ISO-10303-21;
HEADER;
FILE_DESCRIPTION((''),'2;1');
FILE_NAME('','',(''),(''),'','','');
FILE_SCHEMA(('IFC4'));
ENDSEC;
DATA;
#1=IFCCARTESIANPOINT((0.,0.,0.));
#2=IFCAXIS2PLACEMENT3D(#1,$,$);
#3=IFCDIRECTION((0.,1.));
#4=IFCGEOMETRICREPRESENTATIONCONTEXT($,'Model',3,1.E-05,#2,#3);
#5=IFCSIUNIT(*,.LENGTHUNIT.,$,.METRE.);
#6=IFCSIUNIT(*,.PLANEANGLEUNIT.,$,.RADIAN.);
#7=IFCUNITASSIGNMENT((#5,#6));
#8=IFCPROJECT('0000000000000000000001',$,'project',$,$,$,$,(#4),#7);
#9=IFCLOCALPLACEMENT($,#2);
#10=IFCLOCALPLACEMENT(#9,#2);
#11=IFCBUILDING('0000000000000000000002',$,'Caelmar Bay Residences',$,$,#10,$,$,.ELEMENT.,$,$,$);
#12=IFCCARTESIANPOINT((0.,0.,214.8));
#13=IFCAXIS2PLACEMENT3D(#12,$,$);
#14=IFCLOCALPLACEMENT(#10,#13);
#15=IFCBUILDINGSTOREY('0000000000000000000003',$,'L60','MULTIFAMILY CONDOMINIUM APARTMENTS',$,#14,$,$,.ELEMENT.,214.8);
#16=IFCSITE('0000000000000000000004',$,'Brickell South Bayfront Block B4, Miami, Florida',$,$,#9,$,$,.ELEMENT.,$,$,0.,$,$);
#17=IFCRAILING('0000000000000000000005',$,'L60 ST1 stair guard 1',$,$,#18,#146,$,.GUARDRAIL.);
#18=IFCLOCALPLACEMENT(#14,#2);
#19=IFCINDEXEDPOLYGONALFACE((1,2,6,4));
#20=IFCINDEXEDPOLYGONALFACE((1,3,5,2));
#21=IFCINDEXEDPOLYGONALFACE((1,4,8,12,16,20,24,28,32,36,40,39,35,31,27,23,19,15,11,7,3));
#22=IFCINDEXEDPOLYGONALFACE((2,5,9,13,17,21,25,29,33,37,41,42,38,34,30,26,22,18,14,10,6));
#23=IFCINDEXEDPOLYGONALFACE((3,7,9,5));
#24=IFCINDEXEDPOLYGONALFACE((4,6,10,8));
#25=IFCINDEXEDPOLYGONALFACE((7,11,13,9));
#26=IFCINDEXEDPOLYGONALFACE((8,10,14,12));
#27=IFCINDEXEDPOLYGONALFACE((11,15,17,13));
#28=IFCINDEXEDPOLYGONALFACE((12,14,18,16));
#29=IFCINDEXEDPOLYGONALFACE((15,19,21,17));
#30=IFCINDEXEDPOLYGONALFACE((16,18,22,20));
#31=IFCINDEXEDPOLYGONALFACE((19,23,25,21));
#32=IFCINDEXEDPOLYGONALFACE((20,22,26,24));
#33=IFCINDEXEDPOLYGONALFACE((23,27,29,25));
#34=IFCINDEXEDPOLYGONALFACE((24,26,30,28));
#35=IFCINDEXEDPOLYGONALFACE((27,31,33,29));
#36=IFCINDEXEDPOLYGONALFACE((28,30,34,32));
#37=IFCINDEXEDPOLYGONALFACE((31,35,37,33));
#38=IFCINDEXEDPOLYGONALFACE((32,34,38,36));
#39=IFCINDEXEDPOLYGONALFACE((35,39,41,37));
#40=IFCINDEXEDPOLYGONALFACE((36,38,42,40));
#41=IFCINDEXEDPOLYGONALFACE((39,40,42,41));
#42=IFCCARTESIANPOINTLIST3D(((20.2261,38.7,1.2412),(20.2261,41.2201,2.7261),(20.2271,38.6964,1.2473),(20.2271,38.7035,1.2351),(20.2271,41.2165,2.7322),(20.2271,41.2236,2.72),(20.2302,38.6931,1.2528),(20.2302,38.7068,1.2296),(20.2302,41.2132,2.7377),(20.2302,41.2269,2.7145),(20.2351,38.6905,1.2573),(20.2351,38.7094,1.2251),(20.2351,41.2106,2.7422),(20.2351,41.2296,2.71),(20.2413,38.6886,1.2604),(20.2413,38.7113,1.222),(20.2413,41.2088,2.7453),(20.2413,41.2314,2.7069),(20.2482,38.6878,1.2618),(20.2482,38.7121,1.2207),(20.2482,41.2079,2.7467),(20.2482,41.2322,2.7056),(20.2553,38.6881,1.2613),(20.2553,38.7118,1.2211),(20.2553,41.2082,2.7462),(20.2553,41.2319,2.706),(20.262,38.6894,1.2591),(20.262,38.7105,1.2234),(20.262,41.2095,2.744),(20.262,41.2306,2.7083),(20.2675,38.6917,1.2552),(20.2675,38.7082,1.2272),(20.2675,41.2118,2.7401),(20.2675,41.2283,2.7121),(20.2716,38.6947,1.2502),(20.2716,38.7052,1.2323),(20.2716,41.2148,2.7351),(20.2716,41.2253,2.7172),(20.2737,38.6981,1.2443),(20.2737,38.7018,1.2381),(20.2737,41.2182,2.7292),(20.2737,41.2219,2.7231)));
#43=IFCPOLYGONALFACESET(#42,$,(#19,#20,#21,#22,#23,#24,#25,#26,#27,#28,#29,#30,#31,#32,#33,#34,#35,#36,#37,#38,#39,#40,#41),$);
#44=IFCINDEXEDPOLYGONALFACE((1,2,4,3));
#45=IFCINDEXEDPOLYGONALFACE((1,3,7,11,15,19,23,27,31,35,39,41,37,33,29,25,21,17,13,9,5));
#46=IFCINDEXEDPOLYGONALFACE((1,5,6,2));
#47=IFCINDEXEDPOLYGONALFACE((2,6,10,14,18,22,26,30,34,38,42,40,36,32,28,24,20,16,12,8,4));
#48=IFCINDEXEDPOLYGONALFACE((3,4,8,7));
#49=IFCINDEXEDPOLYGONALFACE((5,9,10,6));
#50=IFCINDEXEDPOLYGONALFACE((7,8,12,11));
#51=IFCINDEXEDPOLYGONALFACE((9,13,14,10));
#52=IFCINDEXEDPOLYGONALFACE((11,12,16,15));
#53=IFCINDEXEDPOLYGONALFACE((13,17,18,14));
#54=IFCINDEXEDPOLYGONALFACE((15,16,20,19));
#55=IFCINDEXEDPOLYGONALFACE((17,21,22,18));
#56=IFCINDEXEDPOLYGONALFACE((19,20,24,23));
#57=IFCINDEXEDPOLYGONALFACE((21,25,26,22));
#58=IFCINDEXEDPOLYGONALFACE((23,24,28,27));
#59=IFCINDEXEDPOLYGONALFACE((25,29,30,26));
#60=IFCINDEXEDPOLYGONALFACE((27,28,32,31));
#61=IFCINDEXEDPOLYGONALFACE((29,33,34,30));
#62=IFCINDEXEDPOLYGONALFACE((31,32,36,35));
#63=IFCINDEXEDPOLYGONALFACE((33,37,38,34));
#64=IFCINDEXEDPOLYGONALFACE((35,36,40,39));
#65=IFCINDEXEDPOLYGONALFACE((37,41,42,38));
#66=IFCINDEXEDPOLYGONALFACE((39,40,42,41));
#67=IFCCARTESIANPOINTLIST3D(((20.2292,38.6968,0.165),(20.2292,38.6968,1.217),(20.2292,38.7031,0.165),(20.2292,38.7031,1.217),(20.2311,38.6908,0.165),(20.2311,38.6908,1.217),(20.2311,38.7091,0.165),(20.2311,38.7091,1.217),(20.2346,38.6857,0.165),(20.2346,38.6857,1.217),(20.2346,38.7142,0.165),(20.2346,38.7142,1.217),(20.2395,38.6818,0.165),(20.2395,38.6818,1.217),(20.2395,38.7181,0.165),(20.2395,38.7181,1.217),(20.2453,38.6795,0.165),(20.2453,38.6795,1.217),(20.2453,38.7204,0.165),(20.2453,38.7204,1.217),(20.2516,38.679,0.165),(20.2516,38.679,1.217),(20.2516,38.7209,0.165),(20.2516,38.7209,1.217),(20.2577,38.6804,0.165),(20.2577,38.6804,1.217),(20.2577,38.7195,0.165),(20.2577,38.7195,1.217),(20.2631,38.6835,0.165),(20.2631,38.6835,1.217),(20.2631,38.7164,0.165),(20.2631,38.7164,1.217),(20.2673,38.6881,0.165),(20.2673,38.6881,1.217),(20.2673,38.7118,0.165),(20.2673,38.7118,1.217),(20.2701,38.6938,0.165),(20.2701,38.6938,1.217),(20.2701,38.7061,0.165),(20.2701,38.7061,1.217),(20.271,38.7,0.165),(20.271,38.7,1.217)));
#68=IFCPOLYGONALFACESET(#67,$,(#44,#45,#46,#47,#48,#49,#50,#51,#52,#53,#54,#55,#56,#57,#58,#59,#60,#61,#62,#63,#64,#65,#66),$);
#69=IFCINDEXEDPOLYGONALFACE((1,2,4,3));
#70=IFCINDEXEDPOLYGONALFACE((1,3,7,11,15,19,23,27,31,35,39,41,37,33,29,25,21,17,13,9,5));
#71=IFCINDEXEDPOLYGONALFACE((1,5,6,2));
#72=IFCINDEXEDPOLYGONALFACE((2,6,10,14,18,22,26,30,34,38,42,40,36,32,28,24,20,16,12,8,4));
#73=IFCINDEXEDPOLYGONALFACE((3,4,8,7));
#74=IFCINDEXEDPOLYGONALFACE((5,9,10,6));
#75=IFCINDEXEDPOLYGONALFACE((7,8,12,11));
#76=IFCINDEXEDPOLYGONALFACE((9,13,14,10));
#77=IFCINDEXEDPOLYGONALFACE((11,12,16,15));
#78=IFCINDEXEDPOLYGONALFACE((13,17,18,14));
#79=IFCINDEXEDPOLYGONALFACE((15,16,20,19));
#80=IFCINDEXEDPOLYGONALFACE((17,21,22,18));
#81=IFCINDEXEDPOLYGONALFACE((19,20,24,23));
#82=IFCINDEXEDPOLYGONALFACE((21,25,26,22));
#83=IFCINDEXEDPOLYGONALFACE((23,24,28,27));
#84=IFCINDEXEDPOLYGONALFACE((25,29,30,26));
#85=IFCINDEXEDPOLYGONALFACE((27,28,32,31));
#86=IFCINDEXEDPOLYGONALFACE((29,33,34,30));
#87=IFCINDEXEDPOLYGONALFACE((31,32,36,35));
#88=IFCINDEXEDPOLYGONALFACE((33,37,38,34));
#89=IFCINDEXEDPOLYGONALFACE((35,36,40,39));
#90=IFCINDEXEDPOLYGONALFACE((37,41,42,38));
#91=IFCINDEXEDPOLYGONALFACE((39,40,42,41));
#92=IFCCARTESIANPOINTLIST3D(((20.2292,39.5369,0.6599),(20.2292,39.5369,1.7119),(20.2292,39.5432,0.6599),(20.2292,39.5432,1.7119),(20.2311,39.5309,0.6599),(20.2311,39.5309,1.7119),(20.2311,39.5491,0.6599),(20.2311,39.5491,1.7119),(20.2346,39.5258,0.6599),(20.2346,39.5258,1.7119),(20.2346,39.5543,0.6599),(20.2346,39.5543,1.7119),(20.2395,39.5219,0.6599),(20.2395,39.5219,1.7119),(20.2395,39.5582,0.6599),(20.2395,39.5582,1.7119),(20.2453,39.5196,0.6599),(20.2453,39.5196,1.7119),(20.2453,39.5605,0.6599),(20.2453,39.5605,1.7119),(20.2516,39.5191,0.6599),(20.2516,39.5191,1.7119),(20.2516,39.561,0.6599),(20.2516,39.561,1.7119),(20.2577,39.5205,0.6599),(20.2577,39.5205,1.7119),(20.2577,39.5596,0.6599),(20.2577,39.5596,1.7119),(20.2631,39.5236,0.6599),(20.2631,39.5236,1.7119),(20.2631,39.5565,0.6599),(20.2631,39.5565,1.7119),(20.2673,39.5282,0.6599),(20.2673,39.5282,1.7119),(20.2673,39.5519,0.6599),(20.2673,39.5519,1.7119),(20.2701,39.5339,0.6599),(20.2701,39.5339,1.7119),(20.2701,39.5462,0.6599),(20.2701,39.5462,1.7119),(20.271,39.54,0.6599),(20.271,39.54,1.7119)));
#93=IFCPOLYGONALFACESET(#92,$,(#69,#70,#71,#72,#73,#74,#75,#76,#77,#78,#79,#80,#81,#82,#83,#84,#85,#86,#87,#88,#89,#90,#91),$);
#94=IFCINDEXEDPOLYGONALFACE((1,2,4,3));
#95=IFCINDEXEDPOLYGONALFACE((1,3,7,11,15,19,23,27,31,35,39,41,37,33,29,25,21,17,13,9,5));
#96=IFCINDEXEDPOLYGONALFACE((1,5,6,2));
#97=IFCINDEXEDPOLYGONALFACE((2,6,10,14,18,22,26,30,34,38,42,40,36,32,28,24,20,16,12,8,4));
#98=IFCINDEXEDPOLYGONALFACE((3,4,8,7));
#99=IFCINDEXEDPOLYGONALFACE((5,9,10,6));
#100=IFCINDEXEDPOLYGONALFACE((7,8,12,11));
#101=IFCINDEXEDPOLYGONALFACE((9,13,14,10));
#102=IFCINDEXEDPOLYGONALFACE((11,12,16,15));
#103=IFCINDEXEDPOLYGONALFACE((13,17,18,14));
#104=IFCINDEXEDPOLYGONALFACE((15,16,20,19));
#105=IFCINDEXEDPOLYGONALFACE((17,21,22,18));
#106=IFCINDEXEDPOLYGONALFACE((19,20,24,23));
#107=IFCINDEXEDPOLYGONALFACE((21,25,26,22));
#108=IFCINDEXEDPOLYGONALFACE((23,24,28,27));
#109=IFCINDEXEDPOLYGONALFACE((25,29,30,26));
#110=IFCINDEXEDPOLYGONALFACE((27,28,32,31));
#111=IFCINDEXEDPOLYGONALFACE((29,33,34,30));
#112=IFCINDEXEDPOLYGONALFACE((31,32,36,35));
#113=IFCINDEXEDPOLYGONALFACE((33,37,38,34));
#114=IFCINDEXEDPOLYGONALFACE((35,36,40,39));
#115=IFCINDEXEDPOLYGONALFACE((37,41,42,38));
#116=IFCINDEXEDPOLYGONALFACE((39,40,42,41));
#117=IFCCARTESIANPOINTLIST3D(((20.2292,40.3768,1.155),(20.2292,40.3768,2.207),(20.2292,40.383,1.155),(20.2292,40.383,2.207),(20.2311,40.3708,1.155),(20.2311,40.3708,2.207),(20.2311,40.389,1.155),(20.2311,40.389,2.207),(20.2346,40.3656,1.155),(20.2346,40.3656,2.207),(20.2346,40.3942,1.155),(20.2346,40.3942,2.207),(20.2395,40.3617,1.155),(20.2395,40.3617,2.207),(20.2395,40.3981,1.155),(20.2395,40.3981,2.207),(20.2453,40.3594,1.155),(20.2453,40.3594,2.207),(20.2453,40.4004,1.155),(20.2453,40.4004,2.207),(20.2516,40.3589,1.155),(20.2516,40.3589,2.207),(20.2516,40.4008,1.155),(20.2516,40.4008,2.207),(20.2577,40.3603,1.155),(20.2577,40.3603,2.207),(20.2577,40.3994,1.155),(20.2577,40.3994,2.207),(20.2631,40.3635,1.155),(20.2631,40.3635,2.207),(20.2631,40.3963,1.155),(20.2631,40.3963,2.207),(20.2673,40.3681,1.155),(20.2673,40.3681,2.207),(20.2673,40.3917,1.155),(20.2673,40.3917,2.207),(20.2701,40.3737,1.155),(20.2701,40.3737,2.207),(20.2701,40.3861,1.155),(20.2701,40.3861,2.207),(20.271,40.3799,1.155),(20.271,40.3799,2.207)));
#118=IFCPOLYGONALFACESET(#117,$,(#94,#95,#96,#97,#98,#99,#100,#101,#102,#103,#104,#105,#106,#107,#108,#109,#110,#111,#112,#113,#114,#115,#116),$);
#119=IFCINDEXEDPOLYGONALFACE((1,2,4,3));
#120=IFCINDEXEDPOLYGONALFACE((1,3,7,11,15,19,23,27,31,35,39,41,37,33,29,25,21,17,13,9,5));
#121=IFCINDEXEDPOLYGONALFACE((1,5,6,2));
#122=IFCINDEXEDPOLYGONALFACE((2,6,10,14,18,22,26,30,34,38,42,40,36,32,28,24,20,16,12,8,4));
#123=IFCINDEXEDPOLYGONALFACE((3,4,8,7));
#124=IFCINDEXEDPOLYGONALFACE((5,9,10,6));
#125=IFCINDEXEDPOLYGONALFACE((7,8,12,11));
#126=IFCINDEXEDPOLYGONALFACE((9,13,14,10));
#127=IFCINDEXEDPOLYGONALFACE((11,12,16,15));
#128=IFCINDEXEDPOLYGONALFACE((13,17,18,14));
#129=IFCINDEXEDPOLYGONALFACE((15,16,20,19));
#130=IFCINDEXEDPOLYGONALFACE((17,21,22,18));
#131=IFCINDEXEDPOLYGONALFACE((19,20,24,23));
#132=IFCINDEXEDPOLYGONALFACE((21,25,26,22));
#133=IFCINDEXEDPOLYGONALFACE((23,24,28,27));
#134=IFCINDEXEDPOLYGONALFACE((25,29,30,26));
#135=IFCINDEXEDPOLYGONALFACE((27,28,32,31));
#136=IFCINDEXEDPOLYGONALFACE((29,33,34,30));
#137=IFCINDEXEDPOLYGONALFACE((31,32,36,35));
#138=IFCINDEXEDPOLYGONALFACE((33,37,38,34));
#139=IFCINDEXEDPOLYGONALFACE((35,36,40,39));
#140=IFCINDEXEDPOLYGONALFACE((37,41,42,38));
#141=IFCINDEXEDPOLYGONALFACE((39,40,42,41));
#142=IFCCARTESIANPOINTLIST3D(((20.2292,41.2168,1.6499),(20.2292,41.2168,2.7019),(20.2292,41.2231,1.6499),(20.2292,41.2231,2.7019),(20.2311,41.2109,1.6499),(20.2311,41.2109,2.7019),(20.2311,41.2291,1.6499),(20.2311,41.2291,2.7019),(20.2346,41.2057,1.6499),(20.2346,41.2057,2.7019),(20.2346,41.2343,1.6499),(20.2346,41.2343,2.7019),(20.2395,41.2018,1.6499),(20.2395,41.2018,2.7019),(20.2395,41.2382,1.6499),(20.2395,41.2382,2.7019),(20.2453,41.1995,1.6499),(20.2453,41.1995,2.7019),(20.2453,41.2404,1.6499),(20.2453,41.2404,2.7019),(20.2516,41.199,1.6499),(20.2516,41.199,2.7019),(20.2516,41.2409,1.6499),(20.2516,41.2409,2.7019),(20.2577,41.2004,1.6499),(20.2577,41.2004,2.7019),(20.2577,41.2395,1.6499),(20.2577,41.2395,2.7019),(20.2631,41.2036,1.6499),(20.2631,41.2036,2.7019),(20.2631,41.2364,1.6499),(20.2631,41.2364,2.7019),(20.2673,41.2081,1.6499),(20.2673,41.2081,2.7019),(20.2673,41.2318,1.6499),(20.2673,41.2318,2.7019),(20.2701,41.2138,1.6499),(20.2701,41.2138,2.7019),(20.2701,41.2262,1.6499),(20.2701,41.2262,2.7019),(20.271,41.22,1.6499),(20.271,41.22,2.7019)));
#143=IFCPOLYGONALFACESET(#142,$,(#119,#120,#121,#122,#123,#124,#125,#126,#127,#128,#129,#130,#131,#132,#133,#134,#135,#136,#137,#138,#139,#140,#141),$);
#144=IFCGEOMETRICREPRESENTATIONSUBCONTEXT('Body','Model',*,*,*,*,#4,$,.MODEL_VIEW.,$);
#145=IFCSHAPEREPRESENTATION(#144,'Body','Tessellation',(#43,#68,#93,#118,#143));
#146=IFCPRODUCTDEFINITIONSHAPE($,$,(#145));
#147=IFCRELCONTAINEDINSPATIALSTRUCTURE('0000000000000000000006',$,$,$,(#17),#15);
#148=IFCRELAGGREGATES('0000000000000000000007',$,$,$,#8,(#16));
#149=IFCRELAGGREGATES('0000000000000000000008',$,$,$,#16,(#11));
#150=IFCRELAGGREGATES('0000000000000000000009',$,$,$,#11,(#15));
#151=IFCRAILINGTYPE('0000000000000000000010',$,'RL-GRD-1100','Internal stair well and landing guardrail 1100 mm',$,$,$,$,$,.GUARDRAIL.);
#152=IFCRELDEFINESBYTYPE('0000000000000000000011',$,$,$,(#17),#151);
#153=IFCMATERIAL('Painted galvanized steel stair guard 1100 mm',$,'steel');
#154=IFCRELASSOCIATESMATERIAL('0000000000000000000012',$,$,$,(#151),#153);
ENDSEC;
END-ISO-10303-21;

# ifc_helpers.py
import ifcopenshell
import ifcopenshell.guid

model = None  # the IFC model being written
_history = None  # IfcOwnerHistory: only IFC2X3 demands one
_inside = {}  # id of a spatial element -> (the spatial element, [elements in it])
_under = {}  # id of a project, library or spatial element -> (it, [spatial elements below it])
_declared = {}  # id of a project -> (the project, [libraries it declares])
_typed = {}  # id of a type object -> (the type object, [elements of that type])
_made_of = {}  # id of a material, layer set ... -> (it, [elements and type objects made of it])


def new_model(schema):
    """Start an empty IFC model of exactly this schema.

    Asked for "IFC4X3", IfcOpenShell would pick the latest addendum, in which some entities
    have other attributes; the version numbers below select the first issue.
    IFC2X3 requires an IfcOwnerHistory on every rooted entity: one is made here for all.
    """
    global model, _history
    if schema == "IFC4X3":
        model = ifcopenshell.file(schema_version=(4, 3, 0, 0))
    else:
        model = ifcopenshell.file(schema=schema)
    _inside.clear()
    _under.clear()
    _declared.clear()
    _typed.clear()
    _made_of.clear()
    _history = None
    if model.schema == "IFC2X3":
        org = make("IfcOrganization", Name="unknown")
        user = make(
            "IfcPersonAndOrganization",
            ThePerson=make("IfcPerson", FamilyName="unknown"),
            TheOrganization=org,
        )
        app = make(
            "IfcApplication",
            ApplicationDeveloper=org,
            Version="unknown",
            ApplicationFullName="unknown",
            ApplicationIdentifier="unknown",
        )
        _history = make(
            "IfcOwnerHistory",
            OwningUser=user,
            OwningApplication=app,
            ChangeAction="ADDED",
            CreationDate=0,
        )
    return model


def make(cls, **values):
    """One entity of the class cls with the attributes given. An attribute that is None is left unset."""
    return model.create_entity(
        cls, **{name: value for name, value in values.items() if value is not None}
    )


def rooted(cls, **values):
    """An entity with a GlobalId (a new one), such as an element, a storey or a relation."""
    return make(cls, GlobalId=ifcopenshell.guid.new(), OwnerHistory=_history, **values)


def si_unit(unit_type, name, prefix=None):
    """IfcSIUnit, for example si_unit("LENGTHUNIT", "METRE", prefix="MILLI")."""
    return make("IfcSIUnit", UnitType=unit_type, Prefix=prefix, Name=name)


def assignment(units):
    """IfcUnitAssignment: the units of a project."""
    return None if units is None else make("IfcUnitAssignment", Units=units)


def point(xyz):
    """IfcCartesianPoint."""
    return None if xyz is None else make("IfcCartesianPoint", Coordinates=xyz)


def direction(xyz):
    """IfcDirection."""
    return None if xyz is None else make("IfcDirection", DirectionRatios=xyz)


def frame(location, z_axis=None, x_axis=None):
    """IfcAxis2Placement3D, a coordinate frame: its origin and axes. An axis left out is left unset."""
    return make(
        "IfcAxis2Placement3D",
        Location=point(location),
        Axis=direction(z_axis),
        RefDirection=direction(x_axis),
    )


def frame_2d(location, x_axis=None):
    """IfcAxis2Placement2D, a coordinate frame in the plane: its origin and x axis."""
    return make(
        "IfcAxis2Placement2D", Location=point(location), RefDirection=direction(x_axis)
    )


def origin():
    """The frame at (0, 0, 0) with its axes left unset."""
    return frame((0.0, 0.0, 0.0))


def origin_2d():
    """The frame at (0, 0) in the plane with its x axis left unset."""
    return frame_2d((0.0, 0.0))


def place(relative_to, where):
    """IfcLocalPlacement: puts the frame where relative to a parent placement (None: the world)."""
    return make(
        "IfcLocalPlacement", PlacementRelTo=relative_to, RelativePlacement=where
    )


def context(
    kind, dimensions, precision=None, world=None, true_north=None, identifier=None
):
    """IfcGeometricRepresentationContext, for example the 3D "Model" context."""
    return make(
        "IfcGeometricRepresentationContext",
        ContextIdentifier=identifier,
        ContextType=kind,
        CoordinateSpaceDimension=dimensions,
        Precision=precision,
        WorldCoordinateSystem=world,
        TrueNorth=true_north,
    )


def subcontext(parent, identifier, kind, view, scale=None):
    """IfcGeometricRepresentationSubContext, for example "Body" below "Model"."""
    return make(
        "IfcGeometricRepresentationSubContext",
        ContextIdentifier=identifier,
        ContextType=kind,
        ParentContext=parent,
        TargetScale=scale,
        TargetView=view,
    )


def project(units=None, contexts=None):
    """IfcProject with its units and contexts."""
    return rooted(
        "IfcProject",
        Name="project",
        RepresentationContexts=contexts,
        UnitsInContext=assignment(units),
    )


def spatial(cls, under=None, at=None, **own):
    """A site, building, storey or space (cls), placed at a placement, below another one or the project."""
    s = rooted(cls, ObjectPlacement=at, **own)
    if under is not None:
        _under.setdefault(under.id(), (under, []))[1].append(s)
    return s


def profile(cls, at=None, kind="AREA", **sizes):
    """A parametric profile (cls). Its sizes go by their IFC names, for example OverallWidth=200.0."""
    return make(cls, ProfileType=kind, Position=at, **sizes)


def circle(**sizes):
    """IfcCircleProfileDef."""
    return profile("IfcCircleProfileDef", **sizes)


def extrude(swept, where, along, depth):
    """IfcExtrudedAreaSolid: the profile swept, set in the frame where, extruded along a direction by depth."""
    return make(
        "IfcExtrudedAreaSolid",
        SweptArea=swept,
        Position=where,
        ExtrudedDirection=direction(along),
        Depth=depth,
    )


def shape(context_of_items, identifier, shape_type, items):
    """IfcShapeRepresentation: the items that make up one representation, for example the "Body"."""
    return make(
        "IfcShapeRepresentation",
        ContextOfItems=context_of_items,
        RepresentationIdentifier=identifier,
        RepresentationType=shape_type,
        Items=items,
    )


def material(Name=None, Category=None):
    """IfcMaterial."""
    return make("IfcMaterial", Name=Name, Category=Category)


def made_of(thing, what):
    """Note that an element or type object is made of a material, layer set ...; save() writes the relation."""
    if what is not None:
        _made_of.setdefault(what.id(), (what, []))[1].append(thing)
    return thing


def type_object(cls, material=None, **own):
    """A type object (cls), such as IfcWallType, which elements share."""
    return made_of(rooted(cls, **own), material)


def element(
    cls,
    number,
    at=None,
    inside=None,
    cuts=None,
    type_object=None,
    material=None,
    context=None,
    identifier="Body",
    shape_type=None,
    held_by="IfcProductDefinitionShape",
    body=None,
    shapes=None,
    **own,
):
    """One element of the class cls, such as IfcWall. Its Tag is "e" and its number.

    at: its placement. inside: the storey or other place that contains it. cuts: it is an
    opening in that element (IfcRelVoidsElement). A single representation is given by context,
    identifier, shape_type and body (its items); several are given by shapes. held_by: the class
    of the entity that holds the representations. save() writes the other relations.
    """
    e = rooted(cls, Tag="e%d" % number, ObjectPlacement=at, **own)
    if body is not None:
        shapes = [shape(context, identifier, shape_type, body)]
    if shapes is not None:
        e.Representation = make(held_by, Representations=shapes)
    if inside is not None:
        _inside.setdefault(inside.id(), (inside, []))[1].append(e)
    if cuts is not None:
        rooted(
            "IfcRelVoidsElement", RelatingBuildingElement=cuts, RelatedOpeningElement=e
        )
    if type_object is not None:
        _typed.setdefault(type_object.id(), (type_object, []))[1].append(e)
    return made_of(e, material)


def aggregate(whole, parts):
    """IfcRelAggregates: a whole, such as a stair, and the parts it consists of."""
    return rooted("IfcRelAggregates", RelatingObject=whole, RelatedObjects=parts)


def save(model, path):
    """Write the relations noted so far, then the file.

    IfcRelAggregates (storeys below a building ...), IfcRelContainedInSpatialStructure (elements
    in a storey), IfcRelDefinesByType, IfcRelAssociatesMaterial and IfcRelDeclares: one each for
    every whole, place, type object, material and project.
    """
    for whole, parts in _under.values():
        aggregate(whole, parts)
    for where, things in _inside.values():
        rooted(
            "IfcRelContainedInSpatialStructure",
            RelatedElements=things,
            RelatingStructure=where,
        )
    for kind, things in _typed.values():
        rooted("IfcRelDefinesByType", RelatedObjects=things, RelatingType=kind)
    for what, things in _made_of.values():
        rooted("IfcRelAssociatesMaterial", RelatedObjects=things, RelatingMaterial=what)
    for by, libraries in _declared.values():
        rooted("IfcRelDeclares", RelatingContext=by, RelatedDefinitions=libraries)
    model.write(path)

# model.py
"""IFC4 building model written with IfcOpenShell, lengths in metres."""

from ifc_helpers import new_model, si_unit, direction, frame, origin, origin_2d, place, context, subcontext, project, spatial, circle, extrude, material, type_object, element, save


model = new_model("IFC4")

# Units and contexts
model_context = context("Model", 3, precision=1e-05, world=origin(), true_north=direction((0.0, 1.0)))
body_context = subcontext(model_context, "Body", "Model", "MODEL_VIEW")
ifc_project = project(units=[si_unit("LENGTHUNIT", "METRE"), si_unit("PLANEANGLEUNIT", "RADIAN")], contexts=[model_context])

# Site, building, storey
site_placement = place(None, origin())
site = spatial("IfcSite", under=ifc_project, at=site_placement, Name="Brickell South Bayfront Block B4, Miami, Florida", CompositionType="ELEMENT", RefElevation=0.0)
building_placement = place(site_placement, origin())
building = spatial("IfcBuilding", under=site, at=building_placement, Name="Caelmar Bay Residences", CompositionType="ELEMENT")
storey_placement = place(building_placement, frame((0.0, 0.0, 214.8)))
storey = spatial("IfcBuildingStorey", under=building, at=storey_placement, Name="L60", Description="MULTIFAMILY CONDOMINIUM APARTMENTS", CompositionType="ELEMENT", Elevation=214.8)

# Railing
ifc_material_1 = material(Name="Painted galvanized steel stair guard 1100 mm", Category="steel")
railing_type_1 = type_object("IfcRailingType", Name="RL-GRD-1100", Description="Internal stair well and landing guardrail 1100 mm", PredefinedType="GUARDRAIL", material=ifc_material_1)
railing_1_placement = place(storey_placement, frame((20.25, 38.7, 0.165)))
element("IfcRailing", 1, at=railing_1_placement, inside=storey, type_object=railing_type_1, Name="L60 ST1 stair guard 1", PredefinedType="GUARDRAIL", context=body_context, shape_type="SweptSolid", body=[
    extrude(circle(Radius=0.0239, at=origin_2d()), frame((0.0, 0.0, 1.0762), z_axis=(0.0, 0.861561, 0.507655), x_axis=(-1.0, 0.0, 0.0)), (0.0, 0.0, 1.0), 2.925),
    extrude(circle(Radius=0.021, at=origin_2d()), origin(), (0.0, 0.0, 1.0), 1.052),
    extrude(circle(Radius=0.021, at=origin_2d()), frame((0.0, 0.8401, 0.4949)), (0.0, 0.0, 1.0), 1.052),
    extrude(circle(Radius=0.021, at=origin_2d()), frame((0.0, 1.6799, 0.99)), (0.0, 0.0, 1.0), 1.052),
    extrude(circle(Radius=0.021, at=origin_2d()), frame((0.0, 2.52, 1.4849)), (0.0, 0.0, 1.0), 1.052),
])

save(model, "model.ifc")
